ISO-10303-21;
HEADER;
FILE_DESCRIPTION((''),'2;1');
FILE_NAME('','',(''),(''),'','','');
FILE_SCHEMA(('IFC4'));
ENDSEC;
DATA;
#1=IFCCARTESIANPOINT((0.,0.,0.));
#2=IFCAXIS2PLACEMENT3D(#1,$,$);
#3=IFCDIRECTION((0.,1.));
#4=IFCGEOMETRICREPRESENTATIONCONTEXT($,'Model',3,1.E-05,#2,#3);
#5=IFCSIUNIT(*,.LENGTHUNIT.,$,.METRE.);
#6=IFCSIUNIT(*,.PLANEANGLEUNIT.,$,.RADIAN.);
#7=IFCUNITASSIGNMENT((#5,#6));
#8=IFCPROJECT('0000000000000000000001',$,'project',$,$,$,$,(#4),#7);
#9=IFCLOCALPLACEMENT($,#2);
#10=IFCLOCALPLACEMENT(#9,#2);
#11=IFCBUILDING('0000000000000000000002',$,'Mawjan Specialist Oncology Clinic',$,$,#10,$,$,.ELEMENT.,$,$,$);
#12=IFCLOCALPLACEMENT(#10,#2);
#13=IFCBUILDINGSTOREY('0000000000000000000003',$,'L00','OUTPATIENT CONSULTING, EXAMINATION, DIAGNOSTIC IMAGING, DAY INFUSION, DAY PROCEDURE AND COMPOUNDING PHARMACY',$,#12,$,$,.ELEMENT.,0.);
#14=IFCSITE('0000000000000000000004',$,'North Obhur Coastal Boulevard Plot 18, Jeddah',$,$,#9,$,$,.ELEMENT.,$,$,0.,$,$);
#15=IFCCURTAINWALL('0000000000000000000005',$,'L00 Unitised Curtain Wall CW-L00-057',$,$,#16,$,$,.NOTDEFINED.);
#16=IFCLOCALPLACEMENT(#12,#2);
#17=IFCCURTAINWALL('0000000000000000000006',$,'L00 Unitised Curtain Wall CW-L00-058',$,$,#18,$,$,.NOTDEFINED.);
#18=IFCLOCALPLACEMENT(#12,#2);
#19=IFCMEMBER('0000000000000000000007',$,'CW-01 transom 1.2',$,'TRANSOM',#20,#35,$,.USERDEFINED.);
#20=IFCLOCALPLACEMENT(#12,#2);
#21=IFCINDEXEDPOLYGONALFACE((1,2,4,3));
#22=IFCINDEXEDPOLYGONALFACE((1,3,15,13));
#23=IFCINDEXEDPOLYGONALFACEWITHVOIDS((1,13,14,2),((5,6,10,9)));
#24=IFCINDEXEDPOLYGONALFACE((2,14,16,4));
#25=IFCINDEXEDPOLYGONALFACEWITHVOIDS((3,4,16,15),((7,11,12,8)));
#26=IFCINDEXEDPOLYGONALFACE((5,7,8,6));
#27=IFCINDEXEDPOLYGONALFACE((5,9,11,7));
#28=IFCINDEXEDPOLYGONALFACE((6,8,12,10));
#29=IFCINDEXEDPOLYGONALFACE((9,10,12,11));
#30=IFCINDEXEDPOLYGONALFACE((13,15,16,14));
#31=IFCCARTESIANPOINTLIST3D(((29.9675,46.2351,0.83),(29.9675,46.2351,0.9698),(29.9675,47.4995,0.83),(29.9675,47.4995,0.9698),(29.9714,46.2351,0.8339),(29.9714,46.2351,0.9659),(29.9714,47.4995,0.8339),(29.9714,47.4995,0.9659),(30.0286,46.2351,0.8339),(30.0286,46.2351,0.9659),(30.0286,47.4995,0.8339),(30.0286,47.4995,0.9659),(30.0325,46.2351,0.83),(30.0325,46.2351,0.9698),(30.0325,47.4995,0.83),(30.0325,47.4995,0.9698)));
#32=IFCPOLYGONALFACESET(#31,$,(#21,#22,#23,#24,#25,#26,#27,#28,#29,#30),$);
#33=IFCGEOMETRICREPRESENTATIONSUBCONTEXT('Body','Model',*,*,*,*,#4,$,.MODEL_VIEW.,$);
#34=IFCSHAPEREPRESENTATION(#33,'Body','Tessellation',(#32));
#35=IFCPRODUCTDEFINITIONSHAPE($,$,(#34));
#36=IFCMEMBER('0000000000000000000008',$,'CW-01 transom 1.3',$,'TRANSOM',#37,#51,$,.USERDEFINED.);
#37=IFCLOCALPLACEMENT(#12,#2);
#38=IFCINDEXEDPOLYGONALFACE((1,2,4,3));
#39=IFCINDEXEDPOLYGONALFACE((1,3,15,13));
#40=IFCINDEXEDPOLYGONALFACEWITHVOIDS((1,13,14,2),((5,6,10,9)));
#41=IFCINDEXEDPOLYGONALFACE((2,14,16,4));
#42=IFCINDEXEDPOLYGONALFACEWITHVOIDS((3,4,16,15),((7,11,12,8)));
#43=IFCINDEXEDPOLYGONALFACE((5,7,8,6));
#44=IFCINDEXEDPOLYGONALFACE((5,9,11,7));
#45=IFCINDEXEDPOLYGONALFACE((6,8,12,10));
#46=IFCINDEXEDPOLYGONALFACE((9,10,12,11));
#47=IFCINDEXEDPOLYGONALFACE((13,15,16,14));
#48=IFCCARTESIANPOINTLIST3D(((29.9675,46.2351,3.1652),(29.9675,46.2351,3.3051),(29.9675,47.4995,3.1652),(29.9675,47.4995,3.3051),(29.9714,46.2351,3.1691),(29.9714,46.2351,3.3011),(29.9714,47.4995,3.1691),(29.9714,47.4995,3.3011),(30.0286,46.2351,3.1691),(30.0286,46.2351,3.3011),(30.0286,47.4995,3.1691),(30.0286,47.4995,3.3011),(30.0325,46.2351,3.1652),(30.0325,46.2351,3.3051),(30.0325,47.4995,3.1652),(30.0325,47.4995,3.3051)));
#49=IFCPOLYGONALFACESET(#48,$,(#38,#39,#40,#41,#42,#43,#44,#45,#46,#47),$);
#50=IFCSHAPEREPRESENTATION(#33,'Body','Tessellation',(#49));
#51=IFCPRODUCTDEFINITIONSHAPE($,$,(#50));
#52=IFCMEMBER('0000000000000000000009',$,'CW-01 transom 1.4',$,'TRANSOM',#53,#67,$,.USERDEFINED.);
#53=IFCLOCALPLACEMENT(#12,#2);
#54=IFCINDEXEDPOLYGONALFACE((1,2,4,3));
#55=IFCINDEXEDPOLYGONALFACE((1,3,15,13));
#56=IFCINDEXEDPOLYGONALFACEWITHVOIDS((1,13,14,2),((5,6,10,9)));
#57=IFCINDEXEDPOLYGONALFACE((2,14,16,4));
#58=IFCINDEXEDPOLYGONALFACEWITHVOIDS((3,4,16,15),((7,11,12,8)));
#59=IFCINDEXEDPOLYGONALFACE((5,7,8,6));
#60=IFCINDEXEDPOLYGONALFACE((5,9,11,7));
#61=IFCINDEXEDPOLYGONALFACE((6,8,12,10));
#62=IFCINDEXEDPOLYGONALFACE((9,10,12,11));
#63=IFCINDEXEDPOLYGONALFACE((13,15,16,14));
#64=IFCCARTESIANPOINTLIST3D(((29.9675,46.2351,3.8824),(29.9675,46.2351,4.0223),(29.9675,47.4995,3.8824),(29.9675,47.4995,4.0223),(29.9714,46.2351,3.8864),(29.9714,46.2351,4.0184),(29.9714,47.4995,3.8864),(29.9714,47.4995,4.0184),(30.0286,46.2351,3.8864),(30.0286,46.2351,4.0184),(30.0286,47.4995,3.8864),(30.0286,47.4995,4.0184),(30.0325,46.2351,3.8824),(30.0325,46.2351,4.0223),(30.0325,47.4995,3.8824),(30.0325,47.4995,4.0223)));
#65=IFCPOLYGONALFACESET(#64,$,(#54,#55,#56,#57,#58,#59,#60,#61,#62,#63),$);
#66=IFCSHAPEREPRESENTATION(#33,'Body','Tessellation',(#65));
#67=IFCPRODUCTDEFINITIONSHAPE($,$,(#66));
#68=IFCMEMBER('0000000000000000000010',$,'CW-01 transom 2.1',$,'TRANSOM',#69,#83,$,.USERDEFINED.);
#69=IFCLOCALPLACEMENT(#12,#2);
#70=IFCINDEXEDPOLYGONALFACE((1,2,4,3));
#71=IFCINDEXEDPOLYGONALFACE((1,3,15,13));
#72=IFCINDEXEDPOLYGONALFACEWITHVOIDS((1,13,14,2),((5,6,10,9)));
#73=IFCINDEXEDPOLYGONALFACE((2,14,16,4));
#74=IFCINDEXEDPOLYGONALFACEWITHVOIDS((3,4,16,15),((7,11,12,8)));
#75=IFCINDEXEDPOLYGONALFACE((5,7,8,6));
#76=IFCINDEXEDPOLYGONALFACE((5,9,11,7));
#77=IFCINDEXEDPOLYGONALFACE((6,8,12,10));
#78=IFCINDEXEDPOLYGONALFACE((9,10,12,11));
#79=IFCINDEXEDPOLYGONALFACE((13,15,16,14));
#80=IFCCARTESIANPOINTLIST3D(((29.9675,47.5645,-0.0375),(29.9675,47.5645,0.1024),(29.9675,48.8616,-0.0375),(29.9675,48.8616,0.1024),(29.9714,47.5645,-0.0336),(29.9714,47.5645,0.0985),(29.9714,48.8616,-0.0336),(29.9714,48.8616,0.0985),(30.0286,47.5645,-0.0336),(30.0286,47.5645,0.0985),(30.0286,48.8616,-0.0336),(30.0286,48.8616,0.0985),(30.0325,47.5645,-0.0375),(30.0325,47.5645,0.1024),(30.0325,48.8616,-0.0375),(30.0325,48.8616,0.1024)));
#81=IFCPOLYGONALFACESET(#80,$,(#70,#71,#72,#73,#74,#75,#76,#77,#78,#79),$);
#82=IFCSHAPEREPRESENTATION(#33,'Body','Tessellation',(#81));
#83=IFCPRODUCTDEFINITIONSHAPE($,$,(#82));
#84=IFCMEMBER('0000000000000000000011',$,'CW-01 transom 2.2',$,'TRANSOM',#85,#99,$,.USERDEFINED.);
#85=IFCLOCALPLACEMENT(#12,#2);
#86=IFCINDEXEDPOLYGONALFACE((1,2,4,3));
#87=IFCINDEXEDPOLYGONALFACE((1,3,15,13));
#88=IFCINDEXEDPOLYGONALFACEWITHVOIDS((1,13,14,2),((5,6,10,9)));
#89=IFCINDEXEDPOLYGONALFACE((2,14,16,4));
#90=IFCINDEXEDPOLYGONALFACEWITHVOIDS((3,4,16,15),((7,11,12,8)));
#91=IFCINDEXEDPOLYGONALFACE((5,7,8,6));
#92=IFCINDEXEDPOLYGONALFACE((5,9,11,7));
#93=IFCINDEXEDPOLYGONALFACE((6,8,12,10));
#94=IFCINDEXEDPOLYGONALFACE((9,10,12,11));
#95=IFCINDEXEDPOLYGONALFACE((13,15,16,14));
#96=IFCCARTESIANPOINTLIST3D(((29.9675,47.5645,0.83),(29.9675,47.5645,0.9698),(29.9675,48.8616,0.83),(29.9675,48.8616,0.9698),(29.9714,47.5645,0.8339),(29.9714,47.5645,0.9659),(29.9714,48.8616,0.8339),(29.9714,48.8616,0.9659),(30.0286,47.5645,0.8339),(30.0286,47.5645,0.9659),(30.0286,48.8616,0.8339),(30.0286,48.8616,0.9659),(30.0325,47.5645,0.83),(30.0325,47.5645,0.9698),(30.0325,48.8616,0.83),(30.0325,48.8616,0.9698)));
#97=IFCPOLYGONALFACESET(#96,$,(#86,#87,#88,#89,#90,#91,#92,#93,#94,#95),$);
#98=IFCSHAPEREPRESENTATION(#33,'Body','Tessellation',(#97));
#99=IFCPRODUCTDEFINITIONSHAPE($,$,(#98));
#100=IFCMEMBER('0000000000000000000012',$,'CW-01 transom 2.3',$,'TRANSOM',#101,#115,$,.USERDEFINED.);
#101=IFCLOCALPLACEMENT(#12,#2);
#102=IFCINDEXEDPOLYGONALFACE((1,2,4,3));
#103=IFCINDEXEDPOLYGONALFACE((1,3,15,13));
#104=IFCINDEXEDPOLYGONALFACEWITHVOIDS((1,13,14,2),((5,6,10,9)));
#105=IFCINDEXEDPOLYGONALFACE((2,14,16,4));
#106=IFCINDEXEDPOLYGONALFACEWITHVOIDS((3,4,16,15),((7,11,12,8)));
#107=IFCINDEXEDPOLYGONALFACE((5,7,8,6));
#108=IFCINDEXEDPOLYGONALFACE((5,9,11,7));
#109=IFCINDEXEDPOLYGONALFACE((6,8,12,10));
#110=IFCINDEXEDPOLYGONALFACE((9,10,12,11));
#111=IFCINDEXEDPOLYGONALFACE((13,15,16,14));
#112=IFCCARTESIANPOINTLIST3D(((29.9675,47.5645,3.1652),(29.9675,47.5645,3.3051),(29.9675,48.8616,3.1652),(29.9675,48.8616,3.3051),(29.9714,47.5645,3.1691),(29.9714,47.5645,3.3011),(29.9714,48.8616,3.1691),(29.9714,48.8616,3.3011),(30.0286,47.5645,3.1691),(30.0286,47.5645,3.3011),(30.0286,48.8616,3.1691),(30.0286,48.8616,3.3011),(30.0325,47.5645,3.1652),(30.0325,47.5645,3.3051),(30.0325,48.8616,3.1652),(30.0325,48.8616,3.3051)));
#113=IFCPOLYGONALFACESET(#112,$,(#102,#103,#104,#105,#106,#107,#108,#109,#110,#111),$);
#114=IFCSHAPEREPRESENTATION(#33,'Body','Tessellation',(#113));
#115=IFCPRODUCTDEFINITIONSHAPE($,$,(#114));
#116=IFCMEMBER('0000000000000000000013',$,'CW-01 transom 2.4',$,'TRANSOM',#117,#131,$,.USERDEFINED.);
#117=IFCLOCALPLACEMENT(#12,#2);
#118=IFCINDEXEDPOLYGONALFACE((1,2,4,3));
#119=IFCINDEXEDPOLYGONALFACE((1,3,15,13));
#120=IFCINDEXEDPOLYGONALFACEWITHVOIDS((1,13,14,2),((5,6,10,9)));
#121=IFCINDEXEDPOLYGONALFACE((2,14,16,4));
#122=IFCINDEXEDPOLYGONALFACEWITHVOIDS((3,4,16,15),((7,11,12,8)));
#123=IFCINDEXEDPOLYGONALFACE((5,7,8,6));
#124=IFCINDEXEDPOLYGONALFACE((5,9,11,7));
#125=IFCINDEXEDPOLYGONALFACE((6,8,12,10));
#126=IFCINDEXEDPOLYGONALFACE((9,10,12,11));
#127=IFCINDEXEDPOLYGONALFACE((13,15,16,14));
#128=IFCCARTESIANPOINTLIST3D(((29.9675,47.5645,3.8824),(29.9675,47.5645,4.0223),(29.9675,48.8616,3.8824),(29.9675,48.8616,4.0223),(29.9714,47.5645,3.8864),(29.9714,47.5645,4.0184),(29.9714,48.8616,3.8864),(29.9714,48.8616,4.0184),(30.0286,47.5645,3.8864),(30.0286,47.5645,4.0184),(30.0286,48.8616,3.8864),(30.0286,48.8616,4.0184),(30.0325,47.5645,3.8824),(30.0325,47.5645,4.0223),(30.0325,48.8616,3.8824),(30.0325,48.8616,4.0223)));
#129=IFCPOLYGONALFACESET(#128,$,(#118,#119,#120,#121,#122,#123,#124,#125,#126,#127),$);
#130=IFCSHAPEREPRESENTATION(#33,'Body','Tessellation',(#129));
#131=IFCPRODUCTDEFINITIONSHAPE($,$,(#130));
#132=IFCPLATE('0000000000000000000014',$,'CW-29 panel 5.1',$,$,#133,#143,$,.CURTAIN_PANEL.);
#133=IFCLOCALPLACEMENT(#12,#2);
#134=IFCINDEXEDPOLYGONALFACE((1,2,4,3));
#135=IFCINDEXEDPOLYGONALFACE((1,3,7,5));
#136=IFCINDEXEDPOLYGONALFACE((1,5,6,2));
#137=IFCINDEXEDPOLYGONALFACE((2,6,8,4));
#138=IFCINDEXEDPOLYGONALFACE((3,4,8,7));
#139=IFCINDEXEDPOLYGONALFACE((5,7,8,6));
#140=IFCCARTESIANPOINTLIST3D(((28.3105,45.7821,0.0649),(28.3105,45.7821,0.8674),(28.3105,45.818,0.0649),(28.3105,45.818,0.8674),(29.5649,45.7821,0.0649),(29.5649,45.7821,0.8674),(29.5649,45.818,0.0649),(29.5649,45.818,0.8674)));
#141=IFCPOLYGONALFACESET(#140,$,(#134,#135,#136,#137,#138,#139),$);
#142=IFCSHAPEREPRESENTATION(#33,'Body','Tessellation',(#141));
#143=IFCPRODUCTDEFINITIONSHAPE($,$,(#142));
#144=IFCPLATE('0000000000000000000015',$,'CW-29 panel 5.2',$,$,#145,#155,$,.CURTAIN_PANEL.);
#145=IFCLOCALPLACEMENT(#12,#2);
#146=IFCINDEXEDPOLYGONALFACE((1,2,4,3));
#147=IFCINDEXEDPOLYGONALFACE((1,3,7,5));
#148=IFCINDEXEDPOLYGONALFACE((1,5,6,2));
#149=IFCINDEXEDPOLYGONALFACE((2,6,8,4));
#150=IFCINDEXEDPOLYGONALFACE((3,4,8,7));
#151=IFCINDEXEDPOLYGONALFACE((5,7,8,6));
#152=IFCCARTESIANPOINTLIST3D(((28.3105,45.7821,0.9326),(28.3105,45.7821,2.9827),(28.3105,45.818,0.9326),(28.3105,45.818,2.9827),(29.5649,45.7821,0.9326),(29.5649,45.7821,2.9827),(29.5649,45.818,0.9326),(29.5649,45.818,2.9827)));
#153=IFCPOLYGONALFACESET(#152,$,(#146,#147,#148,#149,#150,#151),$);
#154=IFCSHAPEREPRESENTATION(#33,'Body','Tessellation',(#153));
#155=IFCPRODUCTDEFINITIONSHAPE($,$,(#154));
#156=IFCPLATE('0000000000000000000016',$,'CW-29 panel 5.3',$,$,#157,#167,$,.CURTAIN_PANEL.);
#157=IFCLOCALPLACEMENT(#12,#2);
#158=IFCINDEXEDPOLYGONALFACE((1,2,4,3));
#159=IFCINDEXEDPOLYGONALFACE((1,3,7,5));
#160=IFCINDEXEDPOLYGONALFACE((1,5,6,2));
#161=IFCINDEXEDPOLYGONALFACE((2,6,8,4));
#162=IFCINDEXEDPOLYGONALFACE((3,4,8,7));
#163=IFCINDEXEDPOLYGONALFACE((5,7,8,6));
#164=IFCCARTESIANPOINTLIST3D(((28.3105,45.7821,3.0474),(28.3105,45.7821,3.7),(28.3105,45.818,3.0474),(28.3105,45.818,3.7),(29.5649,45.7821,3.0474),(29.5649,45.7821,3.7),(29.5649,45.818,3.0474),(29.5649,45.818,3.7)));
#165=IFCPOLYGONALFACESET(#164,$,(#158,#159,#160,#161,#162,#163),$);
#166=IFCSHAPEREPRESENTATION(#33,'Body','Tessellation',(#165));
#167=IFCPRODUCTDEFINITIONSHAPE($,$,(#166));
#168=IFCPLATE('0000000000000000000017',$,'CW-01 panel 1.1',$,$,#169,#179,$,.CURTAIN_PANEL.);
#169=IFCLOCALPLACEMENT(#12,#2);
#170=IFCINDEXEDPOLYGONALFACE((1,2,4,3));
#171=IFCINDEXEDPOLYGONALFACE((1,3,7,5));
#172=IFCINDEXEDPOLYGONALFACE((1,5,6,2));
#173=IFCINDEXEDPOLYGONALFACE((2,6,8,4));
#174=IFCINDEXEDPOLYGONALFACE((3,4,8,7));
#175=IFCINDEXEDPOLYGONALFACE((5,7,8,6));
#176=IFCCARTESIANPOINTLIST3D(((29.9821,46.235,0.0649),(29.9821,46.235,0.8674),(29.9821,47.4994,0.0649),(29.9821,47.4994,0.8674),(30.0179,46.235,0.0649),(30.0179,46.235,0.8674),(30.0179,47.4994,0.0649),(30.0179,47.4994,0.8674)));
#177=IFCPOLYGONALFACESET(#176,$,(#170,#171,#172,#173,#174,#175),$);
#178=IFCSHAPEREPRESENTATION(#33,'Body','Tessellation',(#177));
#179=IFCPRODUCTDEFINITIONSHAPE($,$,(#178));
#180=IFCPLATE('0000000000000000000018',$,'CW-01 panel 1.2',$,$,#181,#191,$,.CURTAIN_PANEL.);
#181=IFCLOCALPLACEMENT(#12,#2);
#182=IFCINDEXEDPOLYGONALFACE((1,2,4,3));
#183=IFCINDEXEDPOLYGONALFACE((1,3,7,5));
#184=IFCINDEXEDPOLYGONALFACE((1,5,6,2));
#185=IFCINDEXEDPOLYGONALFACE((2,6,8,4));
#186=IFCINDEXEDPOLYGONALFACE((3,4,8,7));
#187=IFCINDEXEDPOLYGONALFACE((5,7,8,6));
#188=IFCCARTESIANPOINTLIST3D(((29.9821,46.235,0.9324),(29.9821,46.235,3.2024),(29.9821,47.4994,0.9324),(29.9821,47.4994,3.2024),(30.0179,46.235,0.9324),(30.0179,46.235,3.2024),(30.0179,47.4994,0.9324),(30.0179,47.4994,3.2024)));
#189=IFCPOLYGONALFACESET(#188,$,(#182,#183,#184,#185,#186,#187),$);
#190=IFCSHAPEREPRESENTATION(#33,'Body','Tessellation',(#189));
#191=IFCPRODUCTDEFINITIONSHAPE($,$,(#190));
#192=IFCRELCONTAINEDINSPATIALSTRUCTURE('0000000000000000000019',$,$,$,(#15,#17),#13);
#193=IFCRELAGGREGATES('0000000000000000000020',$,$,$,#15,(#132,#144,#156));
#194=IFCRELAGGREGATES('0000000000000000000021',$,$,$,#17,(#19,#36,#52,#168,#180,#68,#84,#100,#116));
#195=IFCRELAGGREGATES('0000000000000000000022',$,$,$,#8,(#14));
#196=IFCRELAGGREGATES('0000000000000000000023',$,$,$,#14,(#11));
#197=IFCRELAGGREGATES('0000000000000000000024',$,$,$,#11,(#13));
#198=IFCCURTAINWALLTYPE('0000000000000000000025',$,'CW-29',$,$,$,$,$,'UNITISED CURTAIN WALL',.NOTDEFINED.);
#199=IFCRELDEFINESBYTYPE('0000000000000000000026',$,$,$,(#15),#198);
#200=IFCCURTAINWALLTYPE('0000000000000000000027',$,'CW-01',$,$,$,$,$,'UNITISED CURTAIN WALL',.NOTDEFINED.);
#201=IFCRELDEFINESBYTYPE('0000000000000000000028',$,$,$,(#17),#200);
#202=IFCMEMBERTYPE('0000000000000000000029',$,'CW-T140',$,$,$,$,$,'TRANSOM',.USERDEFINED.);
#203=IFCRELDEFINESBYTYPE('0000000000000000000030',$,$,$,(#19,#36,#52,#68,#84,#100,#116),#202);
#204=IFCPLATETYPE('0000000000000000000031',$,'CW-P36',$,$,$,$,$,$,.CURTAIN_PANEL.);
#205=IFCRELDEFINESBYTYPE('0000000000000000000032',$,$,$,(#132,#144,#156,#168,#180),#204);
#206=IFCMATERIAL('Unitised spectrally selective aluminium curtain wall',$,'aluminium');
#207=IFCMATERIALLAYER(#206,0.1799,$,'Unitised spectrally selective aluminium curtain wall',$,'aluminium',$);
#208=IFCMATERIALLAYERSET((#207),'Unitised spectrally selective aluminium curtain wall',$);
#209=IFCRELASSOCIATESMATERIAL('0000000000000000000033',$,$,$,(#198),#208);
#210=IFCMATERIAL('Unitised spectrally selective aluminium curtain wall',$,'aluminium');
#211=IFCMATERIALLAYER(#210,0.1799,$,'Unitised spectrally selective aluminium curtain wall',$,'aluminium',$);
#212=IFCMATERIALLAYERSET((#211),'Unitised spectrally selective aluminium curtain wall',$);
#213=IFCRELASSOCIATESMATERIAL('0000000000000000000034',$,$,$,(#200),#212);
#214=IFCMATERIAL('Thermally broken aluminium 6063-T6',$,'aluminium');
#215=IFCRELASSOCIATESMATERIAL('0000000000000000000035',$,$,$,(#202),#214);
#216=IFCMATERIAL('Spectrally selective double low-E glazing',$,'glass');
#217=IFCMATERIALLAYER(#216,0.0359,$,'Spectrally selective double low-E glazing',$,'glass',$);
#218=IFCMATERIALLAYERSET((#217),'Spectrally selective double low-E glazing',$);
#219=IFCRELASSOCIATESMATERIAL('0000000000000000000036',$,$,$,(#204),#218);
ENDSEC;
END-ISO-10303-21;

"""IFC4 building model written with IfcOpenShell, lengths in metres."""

from ifc_helpers import new_model, si_unit, direction, frame, origin, origin_2d, place, context, subcontext, project, spatial, rectangle, hollow_rectangle, extrude, material, layer, layer_set, material_profile, profile_set, type_object, element, aggregate, save


model = new_model("IFC4")

# Units and contexts
model_context = context("Model", 3, precision=1e-05, world=origin(), true_north=direction((0.0, 1.0)))
body_context = subcontext(model_context, "Body", "Model", "MODEL_VIEW")
ifc_project = project(units=[si_unit("LENGTHUNIT", "METRE"), si_unit("PLANEANGLEUNIT", "RADIAN")], contexts=[model_context])

# Site, building, storey
site_placement = place(None, origin())
site = spatial("IfcSite", under=ifc_project, at=site_placement, Name="North Obhur Coastal Boulevard Plot 18, Jeddah", CompositionType="ELEMENT", RefElevation=0.0)
building_placement = place(site_placement, origin())
building = spatial("IfcBuilding", under=site, at=building_placement, Name="Mawjan Specialist Oncology Clinic", CompositionType="ELEMENT")
storey_placement = place(building_placement, origin())
storey = spatial("IfcBuildingStorey", under=building, at=storey_placement, Name="L00", Description="OUTPATIENT CONSULTING, EXAMINATION, DIAGNOSTIC IMAGING, DAY INFUSION, DAY PROCEDURE AND COMPOUNDING PHARMACY", CompositionType="ELEMENT", Elevation=0.0)

# Curtain wall
ifc_material_1 = material(Name="Unitised spectrally selective aluminium curtain wall", Category="aluminium")
ifc_layer_1 = layer(ifc_material_1, 0.1799, Name="Unitised spectrally selective aluminium curtain wall", Category="aluminium")
ifc_layer_set_1 = layer_set([ifc_layer_1], Name="Unitised spectrally selective aluminium curtain wall")
curtain_wall_type_1 = type_object("IfcCurtainWallType", Name="CW-29", ElementType="UNITISED CURTAIN WALL", PredefinedType="NOTDEFINED", material=ifc_layer_set_1)
curtain_wall_1_placement = place(storey_placement, origin())
curtain_wall_1 = element("IfcCurtainWall", 1, at=curtain_wall_1_placement, inside=storey, type_object=curtain_wall_type_1, Name="L00 Unitised Curtain Wall CW-L00-057", PredefinedType="NOTDEFINED")

# Curtain wall, members
ifc_material_2 = material(Name="Unitised spectrally selective aluminium curtain wall", Category="aluminium")
ifc_layer_2 = layer(ifc_material_2, 0.1799, Name="Unitised spectrally selective aluminium curtain wall", Category="aluminium")
ifc_layer_set_2 = layer_set([ifc_layer_2], Name="Unitised spectrally selective aluminium curtain wall")
curtain_wall_type_2 = type_object("IfcCurtainWallType", Name="CW-01", ElementType="UNITISED CURTAIN WALL", PredefinedType="NOTDEFINED", material=ifc_layer_set_2)
curtain_wall_2_placement = place(storey_placement, origin())
curtain_wall_2 = element("IfcCurtainWall", 2, at=curtain_wall_2_placement, inside=storey, type_object=curtain_wall_type_2, Name="L00 Unitised Curtain Wall CW-L00-058", PredefinedType="NOTDEFINED")
ifc_material_3 = material(Name="Thermally broken aluminium 6063-T6", Category="aluminium")
ifc_material_profile_1 = material_profile(ifc_material_3, hollow_rectangle(XDim=0.0649, YDim=0.1399, WallThickness=0.0039, at=origin_2d()), Name="ALU TRANSOM 140x65x4", Category="aluminium")
ifc_profile_set_1 = profile_set([ifc_material_profile_1], Name="Thermally broken aluminium 6063-T6")
member_type_1 = type_object("IfcMemberType", Name="CW-T140", ElementType="TRANSOM", PredefinedType="USERDEFINED", material=ifc_profile_set_1)
member_1_placement = place(storey_placement, frame((30.0, 46.2351, 0.8999), z_axis=(0.0, 1.0, 0.0), x_axis=(-1.0, 0.0, 0.0)))
member_1 = element("IfcMember", 3, at=member_1_placement, type_object=member_type_1, Name="CW-01 transom 1.2", ObjectType="TRANSOM", PredefinedType="USERDEFINED", context=body_context, shape_type="SweptSolid", body=[
    extrude(hollow_rectangle(XDim=0.0649, YDim=0.1399, WallThickness=0.0039, at=origin_2d()), origin(), (0.0, 0.0, 1.0), 1.2644),
])
member_2_placement = place(storey_placement, frame((30.0, 46.2351, 3.2351), z_axis=(0.0, 1.0, 0.0), x_axis=(-1.0, 0.0, 0.0)))
member_2 = element("IfcMember", 4, at=member_2_placement, type_object=member_type_1, Name="CW-01 transom 1.3", ObjectType="TRANSOM", PredefinedType="USERDEFINED", context=body_context, shape_type="SweptSolid", body=[
    extrude(hollow_rectangle(XDim=0.0649, YDim=0.1399, WallThickness=0.0039, at=origin_2d()), origin(), (0.0, 0.0, 1.0), 1.2644),
])
member_3_placement = place(storey_placement, frame((30.0, 46.2351, 3.9524), z_axis=(0.0, 1.0, 0.0), x_axis=(-1.0, 0.0, 0.0)))
member_3 = element("IfcMember", 5, at=member_3_placement, type_object=member_type_1, Name="CW-01 transom 1.4", ObjectType="TRANSOM", PredefinedType="USERDEFINED", context=body_context, shape_type="SweptSolid", body=[
    extrude(hollow_rectangle(XDim=0.0649, YDim=0.1399, WallThickness=0.0039, at=origin_2d()), origin(), (0.0, 0.0, 1.0), 1.2644),
])
member_4_placement = place(storey_placement, frame((30.0, 47.5645, 0.0325), z_axis=(0.0, 1.0, 0.0), x_axis=(-1.0, 0.0, 0.0)))
member_4 = element("IfcMember", 6, at=member_4_placement, type_object=member_type_1, Name="CW-01 transom 2.1", ObjectType="TRANSOM", PredefinedType="USERDEFINED", context=body_context, shape_type="SweptSolid", body=[
    extrude(hollow_rectangle(XDim=0.0649, YDim=0.1399, WallThickness=0.0039, at=origin_2d()), origin(), (0.0, 0.0, 1.0), 1.2971),
])
member_5_placement = place(storey_placement, frame((30.0, 47.5645, 0.8999), z_axis=(0.0, 1.0, 0.0), x_axis=(-1.0, 0.0, 0.0)))
member_5 = element("IfcMember", 7, at=member_5_placement, type_object=member_type_1, Name="CW-01 transom 2.2", ObjectType="TRANSOM", PredefinedType="USERDEFINED", context=body_context, shape_type="SweptSolid", body=[
    extrude(hollow_rectangle(XDim=0.0649, YDim=0.1399, WallThickness=0.0039, at=origin_2d()), origin(), (0.0, 0.0, 1.0), 1.2971),
])
member_6_placement = place(storey_placement, frame((30.0, 47.5645, 3.2351), z_axis=(0.0, 1.0, 0.0), x_axis=(-1.0, 0.0, 0.0)))
member_6 = element("IfcMember", 8, at=member_6_placement, type_object=member_type_1, Name="CW-01 transom 2.3", ObjectType="TRANSOM", PredefinedType="USERDEFINED", context=body_context, shape_type="SweptSolid", body=[
    extrude(hollow_rectangle(XDim=0.0649, YDim=0.1399, WallThickness=0.0039, at=origin_2d()), origin(), (0.0, 0.0, 1.0), 1.2971),
])
member_7_placement = place(storey_placement, frame((30.0, 47.5645, 3.9524), z_axis=(0.0, 1.0, 0.0), x_axis=(-1.0, 0.0, 0.0)))
member_7 = element("IfcMember", 9, at=member_7_placement, type_object=member_type_1, Name="CW-01 transom 2.4", ObjectType="TRANSOM", PredefinedType="USERDEFINED", context=body_context, shape_type="SweptSolid", body=[
    extrude(hollow_rectangle(XDim=0.0649, YDim=0.1399, WallThickness=0.0039, at=origin_2d()), origin(), (0.0, 0.0, 1.0), 1.2971),
])

# Plates
ifc_material_4 = material(Name="Spectrally selective double low-E glazing", Category="glass")
ifc_layer_3 = layer(ifc_material_4, 0.0359, Name="Spectrally selective double low-E glazing", Category="glass")
ifc_layer_set_3 = layer_set([ifc_layer_3], Name="Spectrally selective double low-E glazing")
plate_type = type_object("IfcPlateType", Name="CW-P36", PredefinedType="CURTAIN_PANEL", material=ifc_layer_set_3)
plate_1_placement = place(storey_placement, frame((28.9377, 45.8, 0.0649), z_axis=(0.0, 0.0, 1.0), x_axis=(1.0, 0.0, 0.0)))
plate_1 = element("IfcPlate", 10, at=plate_1_placement, type_object=plate_type, Name="CW-29 panel 5.1", PredefinedType="CURTAIN_PANEL", context=body_context, shape_type="SweptSolid", body=[
    extrude(rectangle(XDim=1.2544, YDim=0.0359, at=origin_2d()), origin(), (0.0, 0.0, 1.0), 0.8025),
])
plate_2_placement = place(storey_placement, frame((28.9377, 45.8, 0.9326), z_axis=(0.0, 0.0, 1.0), x_axis=(1.0, 0.0, 0.0)))
plate_2 = element("IfcPlate", 11, at=plate_2_placement, type_object=plate_type, Name="CW-29 panel 5.2", PredefinedType="CURTAIN_PANEL", context=body_context, shape_type="SweptSolid", body=[
    extrude(rectangle(XDim=1.2544, YDim=0.0359, at=origin_2d()), origin(), (0.0, 0.0, 1.0), 2.05),
])
plate_3_placement = place(storey_placement, frame((28.9377, 45.8, 3.0474), z_axis=(0.0, 0.0, 1.0), x_axis=(1.0, 0.0, 0.0)))
plate_3 = element("IfcPlate", 12, at=plate_3_placement, type_object=plate_type, Name="CW-29 panel 5.3", PredefinedType="CURTAIN_PANEL", context=body_context, shape_type="SweptSolid", body=[
    extrude(rectangle(XDim=1.2544, YDim=0.0359, at=origin_2d()), origin(), (0.0, 0.0, 1.0), 0.6526),
])
aggregate(curtain_wall_1, [plate_1, plate_2, plate_3])
plate_4_placement = place(storey_placement, frame((30.0, 46.8672, 0.0649), z_axis=(0.0, 0.0, 1.0), x_axis=(0.0, 1.0, 0.0)))
plate_4 = element("IfcPlate", 13, at=plate_4_placement, type_object=plate_type, Name="CW-01 panel 1.1", PredefinedType="CURTAIN_PANEL", context=body_context, shape_type="SweptSolid", body=[
    extrude(rectangle(XDim=1.2644, YDim=0.0359, at=origin_2d()), origin(), (0.0, 0.0, 1.0), 0.8025),
])
plate_5_placement = place(storey_placement, frame((30.0, 46.8672, 0.9324), z_axis=(0.0, 0.0, 1.0), x_axis=(0.0, 1.0, 0.0)))
plate_5 = element("IfcPlate", 14, at=plate_5_placement, type_object=plate_type, Name="CW-01 panel 1.2", PredefinedType="CURTAIN_PANEL", context=body_context, shape_type="SweptSolid", body=[
    extrude(rectangle(XDim=1.2644, YDim=0.0359, at=origin_2d()), origin(), (0.0, 0.0, 1.0), 2.27),
])
aggregate(curtain_wall_2, [member_1, member_2, member_3, plate_4, plate_5, member_4, member_5, member_6, member_7])

save(model, "model.ifc")
